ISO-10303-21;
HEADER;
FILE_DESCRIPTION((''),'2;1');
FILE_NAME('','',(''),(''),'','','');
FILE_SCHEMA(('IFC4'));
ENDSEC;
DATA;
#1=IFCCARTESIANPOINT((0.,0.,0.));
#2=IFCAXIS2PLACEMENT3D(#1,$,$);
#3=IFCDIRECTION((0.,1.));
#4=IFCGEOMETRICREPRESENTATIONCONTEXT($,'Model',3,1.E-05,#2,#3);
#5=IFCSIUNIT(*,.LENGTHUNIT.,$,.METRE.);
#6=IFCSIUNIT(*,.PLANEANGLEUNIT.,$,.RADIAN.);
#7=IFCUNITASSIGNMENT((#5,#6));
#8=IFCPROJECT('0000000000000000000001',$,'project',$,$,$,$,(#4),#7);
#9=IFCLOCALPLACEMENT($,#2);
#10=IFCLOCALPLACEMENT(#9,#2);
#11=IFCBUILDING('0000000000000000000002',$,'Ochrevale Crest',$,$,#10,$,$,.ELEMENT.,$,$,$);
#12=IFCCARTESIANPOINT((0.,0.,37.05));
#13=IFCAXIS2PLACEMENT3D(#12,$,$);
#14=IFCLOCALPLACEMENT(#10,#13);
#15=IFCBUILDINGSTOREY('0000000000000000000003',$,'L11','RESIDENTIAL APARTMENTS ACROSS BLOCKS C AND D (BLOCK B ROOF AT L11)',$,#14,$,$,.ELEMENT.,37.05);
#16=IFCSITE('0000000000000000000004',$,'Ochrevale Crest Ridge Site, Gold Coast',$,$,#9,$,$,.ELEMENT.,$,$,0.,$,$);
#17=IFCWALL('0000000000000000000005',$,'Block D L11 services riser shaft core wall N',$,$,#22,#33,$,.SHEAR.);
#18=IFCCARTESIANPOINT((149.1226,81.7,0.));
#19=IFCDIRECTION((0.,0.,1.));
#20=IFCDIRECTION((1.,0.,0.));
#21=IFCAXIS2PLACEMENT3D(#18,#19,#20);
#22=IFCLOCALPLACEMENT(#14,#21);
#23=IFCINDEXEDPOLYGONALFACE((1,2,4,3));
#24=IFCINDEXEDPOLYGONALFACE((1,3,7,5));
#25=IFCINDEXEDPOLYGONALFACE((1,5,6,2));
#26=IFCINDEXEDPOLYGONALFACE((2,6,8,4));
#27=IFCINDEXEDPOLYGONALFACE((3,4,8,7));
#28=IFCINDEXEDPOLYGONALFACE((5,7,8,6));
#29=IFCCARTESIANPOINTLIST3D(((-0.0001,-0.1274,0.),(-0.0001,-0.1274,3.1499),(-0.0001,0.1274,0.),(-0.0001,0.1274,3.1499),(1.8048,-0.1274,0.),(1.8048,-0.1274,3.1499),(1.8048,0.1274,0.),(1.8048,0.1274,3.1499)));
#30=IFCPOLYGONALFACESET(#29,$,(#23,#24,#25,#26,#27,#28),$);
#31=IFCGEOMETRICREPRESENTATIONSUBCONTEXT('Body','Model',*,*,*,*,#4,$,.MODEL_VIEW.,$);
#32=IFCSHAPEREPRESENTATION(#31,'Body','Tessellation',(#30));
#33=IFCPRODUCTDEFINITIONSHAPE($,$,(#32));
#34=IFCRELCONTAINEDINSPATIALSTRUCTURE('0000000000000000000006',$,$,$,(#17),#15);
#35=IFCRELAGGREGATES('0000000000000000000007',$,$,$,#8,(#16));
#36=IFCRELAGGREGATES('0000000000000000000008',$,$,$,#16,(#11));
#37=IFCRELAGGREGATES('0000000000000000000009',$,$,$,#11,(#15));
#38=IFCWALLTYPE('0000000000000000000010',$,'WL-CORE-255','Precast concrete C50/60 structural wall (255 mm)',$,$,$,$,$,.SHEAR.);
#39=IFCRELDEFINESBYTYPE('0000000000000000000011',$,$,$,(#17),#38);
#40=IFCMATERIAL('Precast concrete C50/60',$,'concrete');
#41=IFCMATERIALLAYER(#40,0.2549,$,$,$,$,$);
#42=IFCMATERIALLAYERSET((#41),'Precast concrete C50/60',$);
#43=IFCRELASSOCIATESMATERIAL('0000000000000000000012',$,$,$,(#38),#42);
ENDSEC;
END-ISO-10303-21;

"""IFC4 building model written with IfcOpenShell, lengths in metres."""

from ifc_helpers import new_model, si_unit, direction, frame, frame_2d, origin, place, context, subcontext, project, spatial, rectangle, extrude, material, layer, layer_set, type_object, element, save


model = new_model("IFC4")

# Units and contexts
model_context = context("Model", 3, precision=1e-05, world=origin(), true_north=direction((0.0, 1.0)))
body_context = subcontext(model_context, "Body", "Model", "MODEL_VIEW")
ifc_project = project(units=[si_unit("LENGTHUNIT", "METRE"), si_unit("PLANEANGLEUNIT", "RADIAN")], contexts=[model_context])

# Site, building, storey
site_placement = place(None, origin())
site = spatial("IfcSite", under=ifc_project, at=site_placement, Name="Ochrevale Crest Ridge Site, Gold Coast", CompositionType="ELEMENT", RefElevation=0.0)
building_placement = place(site_placement, origin())
building = spatial("IfcBuilding", under=site, at=building_placement, Name="Ochrevale Crest", CompositionType="ELEMENT")
storey_placement = place(building_placement, frame((0.0, 0.0, 37.05)))
storey = spatial("IfcBuildingStorey", under=building, at=storey_placement, Name="L11", Description="RESIDENTIAL APARTMENTS ACROSS BLOCKS C AND D (BLOCK B ROOF AT L11)", CompositionType="ELEMENT", Elevation=37.05)

# Shared definitions
ifc_material_1 = material(Name="Precast concrete C50/60", Category="concrete")

# Shared definitions
ifc_layer_1 = layer(ifc_material_1, 0.2549)
ifc_layer_set_1 = layer_set([ifc_layer_1], Name="Precast concrete C50/60")
wall_type_1 = type_object("IfcWallType", Name="WL-CORE-255", Description="Precast concrete C50/60 structural wall (255 mm)", PredefinedType="SHEAR", material=ifc_layer_set_1)

# Wall
wall_1_placement = place(storey_placement, frame((149.1226, 81.7, 0.0), z_axis=(0.0, 0.0, 1.0), x_axis=(1.0, 0.0, 0.0)))
element("IfcWall", 1, at=wall_1_placement, inside=storey, type_object=wall_type_1, Name="Block D L11 services riser shaft core wall N", PredefinedType="SHEAR", context=body_context, shape_type="SweptSolid", body=[
    extrude(rectangle(XDim=1.8049, YDim=0.2549, at=frame_2d((0.9023, 0.0))), origin(), (0.0, 0.0, 1.0), 3.1499),
])

save(model, "model.ifc")
